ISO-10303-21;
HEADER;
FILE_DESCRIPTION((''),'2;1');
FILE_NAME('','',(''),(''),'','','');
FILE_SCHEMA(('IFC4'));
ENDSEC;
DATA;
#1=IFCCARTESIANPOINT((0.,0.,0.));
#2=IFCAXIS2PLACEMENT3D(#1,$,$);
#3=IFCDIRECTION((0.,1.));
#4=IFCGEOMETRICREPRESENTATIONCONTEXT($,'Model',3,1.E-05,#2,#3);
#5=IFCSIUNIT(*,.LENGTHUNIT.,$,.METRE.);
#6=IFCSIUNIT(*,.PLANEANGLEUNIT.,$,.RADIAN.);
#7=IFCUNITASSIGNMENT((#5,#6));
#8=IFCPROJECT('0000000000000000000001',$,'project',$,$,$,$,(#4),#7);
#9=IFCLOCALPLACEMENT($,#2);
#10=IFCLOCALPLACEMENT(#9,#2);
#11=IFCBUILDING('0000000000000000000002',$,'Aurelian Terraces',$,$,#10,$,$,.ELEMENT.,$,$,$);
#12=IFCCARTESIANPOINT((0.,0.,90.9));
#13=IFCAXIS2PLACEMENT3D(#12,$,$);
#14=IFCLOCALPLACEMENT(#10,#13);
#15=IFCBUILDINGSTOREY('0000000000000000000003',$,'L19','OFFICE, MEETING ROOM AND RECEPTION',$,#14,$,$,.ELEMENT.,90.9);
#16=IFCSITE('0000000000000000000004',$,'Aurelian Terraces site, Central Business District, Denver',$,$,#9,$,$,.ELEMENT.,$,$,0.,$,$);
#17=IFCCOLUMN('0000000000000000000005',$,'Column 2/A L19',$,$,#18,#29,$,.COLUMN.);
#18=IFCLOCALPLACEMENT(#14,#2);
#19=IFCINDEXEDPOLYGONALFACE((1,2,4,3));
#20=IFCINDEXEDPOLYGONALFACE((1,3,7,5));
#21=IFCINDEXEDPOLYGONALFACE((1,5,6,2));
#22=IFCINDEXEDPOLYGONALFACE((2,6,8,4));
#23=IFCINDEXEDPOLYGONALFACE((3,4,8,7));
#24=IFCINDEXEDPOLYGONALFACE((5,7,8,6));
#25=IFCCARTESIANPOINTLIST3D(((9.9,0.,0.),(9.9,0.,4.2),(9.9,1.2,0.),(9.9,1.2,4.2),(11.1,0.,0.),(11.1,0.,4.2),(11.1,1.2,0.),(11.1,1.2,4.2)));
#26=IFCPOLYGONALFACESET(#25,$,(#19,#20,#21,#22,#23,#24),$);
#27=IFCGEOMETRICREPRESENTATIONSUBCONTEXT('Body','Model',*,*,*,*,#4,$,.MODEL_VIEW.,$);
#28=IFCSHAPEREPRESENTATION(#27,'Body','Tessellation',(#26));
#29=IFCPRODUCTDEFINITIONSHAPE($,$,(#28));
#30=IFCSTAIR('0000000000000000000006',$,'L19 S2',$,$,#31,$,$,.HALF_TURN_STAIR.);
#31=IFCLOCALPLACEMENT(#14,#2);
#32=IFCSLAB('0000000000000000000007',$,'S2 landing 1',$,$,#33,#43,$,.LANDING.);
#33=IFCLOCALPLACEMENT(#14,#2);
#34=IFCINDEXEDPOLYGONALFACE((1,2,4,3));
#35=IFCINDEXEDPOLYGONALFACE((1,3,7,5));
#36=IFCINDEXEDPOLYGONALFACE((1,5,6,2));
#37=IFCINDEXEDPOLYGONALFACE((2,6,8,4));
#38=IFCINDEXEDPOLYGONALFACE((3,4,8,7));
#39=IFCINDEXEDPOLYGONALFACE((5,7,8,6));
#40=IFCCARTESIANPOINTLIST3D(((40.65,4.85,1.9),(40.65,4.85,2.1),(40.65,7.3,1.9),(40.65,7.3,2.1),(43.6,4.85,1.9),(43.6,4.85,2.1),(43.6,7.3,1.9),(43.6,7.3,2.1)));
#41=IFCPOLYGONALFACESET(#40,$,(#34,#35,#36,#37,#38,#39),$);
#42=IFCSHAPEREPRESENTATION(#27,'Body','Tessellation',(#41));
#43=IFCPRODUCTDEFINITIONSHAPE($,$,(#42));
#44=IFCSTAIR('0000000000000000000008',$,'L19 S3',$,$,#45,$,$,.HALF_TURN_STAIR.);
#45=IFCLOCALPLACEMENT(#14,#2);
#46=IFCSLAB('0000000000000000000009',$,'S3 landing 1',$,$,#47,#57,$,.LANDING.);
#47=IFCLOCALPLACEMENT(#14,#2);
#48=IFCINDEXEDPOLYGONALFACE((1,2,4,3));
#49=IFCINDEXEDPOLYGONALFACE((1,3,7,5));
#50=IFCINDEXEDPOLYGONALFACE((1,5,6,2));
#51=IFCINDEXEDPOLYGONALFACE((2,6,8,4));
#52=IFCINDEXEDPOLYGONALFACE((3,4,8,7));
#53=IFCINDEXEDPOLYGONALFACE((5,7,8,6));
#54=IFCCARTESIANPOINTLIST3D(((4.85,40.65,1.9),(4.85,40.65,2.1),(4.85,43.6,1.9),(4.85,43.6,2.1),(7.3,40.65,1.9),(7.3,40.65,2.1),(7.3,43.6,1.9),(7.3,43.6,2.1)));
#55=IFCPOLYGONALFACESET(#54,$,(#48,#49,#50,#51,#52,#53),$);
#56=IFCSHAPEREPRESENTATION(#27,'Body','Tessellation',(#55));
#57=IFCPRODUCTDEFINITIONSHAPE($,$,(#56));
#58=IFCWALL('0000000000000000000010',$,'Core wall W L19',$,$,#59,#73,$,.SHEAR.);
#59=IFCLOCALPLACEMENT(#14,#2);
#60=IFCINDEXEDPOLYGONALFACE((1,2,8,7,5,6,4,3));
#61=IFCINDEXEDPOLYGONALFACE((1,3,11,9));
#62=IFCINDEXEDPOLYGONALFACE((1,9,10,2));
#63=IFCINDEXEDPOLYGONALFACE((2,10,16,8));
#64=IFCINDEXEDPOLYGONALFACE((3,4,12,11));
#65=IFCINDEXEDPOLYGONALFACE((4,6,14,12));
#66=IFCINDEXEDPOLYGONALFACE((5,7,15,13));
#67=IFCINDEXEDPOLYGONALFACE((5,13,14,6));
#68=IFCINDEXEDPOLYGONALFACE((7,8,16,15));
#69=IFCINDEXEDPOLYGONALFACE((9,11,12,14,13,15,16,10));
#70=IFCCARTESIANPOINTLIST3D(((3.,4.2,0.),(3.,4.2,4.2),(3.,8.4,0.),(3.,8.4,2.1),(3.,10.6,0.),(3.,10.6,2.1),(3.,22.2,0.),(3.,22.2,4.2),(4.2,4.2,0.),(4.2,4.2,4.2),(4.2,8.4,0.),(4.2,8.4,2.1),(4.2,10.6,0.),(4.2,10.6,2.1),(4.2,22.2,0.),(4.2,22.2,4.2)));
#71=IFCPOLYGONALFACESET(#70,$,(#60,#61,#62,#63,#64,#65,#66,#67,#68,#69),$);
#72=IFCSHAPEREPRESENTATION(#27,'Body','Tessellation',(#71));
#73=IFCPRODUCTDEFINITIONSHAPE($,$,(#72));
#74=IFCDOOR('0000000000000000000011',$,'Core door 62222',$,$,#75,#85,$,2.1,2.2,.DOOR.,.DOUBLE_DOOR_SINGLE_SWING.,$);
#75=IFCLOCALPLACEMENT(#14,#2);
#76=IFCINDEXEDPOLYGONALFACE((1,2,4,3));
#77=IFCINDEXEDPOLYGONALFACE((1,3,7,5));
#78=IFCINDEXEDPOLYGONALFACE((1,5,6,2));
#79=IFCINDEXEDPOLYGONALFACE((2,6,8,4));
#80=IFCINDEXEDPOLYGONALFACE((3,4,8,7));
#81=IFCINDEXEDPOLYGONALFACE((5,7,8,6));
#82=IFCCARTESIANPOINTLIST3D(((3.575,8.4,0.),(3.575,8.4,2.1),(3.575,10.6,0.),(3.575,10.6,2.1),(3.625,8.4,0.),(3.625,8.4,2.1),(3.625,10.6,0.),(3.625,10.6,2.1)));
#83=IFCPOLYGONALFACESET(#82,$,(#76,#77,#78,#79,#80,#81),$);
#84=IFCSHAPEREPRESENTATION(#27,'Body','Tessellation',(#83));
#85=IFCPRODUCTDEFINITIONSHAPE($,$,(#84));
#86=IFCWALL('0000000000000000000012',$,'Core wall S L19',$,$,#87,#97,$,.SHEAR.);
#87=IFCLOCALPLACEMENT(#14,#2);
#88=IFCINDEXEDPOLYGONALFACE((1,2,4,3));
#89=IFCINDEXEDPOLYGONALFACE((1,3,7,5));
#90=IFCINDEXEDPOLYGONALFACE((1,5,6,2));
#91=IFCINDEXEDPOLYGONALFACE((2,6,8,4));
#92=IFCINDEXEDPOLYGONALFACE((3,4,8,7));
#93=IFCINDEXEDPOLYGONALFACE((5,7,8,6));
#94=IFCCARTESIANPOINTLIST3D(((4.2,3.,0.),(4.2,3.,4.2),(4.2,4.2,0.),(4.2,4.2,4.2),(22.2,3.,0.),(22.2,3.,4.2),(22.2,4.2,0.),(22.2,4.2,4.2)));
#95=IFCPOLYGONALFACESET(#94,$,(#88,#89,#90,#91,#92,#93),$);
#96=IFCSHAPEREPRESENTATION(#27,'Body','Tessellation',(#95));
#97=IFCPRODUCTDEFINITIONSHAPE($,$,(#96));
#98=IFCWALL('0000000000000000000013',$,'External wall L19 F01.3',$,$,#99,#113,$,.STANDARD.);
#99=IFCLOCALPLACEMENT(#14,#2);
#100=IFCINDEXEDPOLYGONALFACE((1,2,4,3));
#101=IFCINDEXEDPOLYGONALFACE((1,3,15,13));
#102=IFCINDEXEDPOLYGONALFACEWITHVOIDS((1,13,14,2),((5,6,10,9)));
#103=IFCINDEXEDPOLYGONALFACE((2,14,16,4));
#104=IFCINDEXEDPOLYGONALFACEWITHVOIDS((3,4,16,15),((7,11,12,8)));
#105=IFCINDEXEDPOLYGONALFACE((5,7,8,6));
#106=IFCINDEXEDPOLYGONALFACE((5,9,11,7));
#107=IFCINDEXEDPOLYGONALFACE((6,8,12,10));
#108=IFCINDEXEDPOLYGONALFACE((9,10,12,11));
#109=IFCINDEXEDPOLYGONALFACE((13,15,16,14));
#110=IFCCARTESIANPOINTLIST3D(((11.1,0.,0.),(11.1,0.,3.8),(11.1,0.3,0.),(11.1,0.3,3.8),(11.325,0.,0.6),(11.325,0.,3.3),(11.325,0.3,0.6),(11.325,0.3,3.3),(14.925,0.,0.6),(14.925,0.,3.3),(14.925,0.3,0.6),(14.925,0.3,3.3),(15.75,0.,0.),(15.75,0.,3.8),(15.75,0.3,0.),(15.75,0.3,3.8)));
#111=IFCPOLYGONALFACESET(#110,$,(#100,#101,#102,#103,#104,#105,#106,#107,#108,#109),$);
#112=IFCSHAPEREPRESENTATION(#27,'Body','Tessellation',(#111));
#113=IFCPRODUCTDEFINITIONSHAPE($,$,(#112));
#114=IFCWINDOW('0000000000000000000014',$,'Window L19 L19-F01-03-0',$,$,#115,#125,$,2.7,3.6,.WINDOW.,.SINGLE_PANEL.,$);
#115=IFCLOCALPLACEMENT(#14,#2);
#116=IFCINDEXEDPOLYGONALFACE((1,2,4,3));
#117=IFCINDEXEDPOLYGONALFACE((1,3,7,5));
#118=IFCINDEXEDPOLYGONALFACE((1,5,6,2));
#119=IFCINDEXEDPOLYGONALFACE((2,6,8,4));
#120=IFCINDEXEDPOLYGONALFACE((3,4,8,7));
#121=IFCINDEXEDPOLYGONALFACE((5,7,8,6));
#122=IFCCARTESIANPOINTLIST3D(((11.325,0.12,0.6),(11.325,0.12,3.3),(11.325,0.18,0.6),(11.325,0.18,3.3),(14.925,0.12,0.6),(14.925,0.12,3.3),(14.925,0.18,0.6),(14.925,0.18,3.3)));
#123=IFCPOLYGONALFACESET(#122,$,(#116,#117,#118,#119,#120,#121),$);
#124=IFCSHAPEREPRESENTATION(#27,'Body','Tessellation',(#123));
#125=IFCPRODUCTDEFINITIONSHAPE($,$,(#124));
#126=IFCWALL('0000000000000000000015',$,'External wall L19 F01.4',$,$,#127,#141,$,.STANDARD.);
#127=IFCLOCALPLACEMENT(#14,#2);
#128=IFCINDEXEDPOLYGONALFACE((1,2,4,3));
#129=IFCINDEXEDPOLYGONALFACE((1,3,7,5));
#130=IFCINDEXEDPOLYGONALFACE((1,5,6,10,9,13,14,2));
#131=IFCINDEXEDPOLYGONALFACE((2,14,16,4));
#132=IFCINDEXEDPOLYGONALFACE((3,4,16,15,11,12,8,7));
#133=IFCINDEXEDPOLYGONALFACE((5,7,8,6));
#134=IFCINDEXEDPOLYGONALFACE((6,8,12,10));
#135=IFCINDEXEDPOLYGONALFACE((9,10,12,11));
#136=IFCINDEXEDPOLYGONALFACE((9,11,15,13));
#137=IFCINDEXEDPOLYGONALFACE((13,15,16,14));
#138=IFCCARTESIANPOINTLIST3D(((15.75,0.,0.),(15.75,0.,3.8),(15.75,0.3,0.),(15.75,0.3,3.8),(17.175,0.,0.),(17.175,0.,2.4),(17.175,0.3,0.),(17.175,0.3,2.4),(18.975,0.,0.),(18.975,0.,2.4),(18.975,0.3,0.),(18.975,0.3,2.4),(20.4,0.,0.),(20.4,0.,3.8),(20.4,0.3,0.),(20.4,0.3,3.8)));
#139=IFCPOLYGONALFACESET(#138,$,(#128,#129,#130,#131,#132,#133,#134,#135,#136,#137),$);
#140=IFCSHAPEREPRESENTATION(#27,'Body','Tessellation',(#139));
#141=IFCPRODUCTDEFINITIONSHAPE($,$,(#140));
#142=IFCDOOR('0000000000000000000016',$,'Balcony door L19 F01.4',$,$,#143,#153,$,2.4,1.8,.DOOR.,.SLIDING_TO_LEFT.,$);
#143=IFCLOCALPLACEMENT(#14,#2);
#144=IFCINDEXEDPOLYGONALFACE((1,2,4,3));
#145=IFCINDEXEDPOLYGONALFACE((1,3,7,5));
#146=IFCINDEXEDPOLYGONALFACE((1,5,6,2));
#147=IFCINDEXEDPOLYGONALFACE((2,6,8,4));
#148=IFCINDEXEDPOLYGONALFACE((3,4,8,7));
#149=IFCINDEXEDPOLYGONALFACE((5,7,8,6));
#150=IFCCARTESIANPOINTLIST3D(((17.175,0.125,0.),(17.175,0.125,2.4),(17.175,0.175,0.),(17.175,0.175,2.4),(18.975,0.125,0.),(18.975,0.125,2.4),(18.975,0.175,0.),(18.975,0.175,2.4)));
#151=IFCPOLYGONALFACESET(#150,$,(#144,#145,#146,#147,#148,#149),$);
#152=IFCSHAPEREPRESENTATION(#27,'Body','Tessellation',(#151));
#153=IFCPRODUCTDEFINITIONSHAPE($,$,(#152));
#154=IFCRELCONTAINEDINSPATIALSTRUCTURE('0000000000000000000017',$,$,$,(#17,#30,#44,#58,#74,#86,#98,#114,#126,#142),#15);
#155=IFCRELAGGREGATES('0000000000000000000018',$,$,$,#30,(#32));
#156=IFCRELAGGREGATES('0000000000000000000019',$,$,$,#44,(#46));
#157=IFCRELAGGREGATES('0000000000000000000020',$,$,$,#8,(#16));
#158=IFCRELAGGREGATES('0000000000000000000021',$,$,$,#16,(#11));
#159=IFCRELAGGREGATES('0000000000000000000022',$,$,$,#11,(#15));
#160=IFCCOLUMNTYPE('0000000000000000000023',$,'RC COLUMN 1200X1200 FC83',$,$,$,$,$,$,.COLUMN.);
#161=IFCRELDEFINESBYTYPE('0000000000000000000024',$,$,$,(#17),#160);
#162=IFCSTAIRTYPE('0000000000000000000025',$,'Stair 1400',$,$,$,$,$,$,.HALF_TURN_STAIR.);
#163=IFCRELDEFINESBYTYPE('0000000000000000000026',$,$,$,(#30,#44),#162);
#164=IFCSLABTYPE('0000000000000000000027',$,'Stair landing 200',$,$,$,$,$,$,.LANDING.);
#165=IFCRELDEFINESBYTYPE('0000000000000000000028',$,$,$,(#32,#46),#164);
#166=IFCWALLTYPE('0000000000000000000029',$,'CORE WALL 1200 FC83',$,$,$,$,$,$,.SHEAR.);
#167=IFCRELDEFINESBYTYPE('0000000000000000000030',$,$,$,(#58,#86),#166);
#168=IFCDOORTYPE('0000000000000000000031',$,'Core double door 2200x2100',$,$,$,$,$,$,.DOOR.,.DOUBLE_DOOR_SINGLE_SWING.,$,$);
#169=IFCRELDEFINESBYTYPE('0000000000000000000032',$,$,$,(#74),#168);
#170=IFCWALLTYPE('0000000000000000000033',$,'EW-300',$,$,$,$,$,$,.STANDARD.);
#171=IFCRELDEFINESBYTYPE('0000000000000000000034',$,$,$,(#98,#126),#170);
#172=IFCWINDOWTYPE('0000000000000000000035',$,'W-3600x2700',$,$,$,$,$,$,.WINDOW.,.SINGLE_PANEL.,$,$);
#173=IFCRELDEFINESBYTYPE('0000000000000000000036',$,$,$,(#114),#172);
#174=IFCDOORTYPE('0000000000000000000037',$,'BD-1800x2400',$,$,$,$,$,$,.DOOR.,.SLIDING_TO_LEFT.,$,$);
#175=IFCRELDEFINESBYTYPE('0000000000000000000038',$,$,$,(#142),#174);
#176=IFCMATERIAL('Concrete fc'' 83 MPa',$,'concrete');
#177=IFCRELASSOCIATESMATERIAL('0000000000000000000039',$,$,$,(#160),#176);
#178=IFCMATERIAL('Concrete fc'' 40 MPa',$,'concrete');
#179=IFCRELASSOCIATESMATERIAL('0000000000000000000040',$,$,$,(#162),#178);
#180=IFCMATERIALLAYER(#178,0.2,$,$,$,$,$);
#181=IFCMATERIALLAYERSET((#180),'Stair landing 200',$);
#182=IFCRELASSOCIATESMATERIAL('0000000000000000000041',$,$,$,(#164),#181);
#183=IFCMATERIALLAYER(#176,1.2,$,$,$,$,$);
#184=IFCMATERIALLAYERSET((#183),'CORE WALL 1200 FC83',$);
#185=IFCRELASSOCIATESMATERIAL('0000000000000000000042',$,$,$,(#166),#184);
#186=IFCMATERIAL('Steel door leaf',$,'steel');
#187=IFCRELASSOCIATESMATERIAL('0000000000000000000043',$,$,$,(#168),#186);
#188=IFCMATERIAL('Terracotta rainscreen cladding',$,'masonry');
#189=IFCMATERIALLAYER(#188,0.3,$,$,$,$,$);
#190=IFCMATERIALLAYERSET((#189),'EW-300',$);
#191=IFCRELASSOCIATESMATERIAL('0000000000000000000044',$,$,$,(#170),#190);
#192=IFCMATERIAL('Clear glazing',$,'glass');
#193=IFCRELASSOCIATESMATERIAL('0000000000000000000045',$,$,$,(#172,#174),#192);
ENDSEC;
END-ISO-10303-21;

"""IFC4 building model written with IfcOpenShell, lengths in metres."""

from ifc_helpers import new_model, si_unit, direction, frame, frame_2d, origin, origin_2d, place, context, subcontext, project, spatial, polyline, rectangle, outline, extrude, source, transform, mapped, material, layer, layer_set, material_profile, profile_set, type_object, element, fill, aggregate, save


model = new_model("IFC4")

# Units and contexts
model_context = context("Model", 3, precision=1e-05, world=origin(), true_north=direction((0.0, 1.0)))
body_context = subcontext(model_context, "Body", "Model", "MODEL_VIEW")
ifc_project = project(units=[si_unit("LENGTHUNIT", "METRE"), si_unit("PLANEANGLEUNIT", "RADIAN")], contexts=[model_context])

# Site, building, storey
site_placement = place(None, origin())
site = spatial("IfcSite", under=ifc_project, at=site_placement, Name="Aurelian Terraces site, Central Business District, Denver", CompositionType="ELEMENT", RefElevation=0.0)
building_placement = place(site_placement, origin())
building = spatial("IfcBuilding", under=site, at=building_placement, Name="Aurelian Terraces", CompositionType="ELEMENT")
storey_placement = place(building_placement, frame((0.0, 0.0, 90.9)))
storey = spatial("IfcBuildingStorey", under=building, at=storey_placement, Name="L19", Description="OFFICE, MEETING ROOM AND RECEPTION", CompositionType="ELEMENT", Elevation=90.9)

# Column
ifc_material_1 = material(Name="Concrete fc' 83 MPa", Category="concrete")
ifc_material_profile = material_profile(ifc_material_1, rectangle(XDim=1.2, YDim=1.2, at=origin_2d()))
ifc_profile_set = profile_set([ifc_material_profile], Name="Concrete fc' 83 MPa")
column_type = type_object("IfcColumnType", Name="RC COLUMN 1200X1200 FC83", PredefinedType="COLUMN", material=ifc_profile_set)
shared_shape_1 = source(origin(), body_context, "Body", "SweptSolid", [
    extrude(rectangle(XDim=1.2, YDim=1.2, at=origin_2d()), origin(), (0.0, 0.0, 1.0), 4.2),
])
column_placement = place(storey_placement, frame((10.5, 0.6, 0.0), z_axis=(0.0, 0.0, 1.0), x_axis=(1.0, 0.0, 0.0)))
element("IfcColumn", 1, at=column_placement, inside=storey, type_object=column_type, Name="Column 2/A L19", PredefinedType="COLUMN", context=body_context, shape_type="MappedRepresentation", body=[
    mapped(shared_shape_1, transform((0.0, 0.0, 0.0), scale=1.0)),
])

# Stairs, slabs
ifc_material_2 = material(Name="Concrete fc' 40 MPa", Category="concrete")
stair_type = type_object("IfcStairType", Name="Stair 1400", PredefinedType="HALF_TURN_STAIR", material=ifc_material_2)
stair_1_placement = place(storey_placement, origin())
stair_1 = element("IfcStair", 2, at=stair_1_placement, inside=storey, type_object=stair_type, Name="L19 S2", PredefinedType="HALF_TURN_STAIR")
ifc_layer_1 = layer(ifc_material_2, 0.2)
ifc_layer_set_1 = layer_set([ifc_layer_1], Name="Stair landing 200")
slab_type = type_object("IfcSlabType", Name="Stair landing 200", PredefinedType="LANDING", material=ifc_layer_set_1)
shared_shape_2 = source(origin(), body_context, "Body", "SweptSolid", [
    extrude(outline(polyline([(43.6, 4.85), (43.6, 7.3), (40.65, 7.3), (40.65, 4.85), (43.6, 4.85)])), origin(), (0.0, 0.0, 1.0), 0.2),
])
slab_1_placement = place(storey_placement, frame((0.0, 0.0, 1.9)))
slab_1 = element("IfcSlab", 3, at=slab_1_placement, type_object=slab_type, Name="S2 landing 1", PredefinedType="LANDING", context=body_context, shape_type="MappedRepresentation", body=[
    mapped(shared_shape_2, transform((0.0, 0.0, 0.0), scale=1.0)),
])
aggregate(stair_1, [slab_1])
stair_2_placement = place(storey_placement, origin())
stair_2 = element("IfcStair", 4, at=stair_2_placement, inside=storey, type_object=stair_type, Name="L19 S3", PredefinedType="HALF_TURN_STAIR")
shared_shape_3 = source(origin(), body_context, "Body", "SweptSolid", [
    extrude(outline(polyline([(4.85, 40.65), (7.3, 40.65), (7.3, 43.6), (4.85, 43.6), (4.85, 40.65)])), origin(), (0.0, 0.0, 1.0), 0.2),
])
slab_2_placement = place(storey_placement, frame((0.0, 0.0, 1.9)))
slab_2 = element("IfcSlab", 5, at=slab_2_placement, type_object=slab_type, Name="S3 landing 1", PredefinedType="LANDING", context=body_context, shape_type="MappedRepresentation", body=[
    mapped(shared_shape_3, transform((0.0, 0.0, 0.0), scale=1.0)),
])
aggregate(stair_2, [slab_2])

# Wall, opening, door
ifc_layer_2 = layer(ifc_material_1, 1.2)
ifc_layer_set_2 = layer_set([ifc_layer_2], Name="CORE WALL 1200 FC83")
wall_type_1 = type_object("IfcWallType", Name="CORE WALL 1200 FC83", PredefinedType="SHEAR", material=ifc_layer_set_2)
shared_shape_4 = source(origin(), body_context, "Body", "SweptSolid", [
    extrude(rectangle(XDim=18.0, YDim=1.2, at=frame_2d((9.0, 0.0))), origin(), (0.0, 0.0, 1.0), 4.2),
])
wall_1_placement = place(storey_placement, frame((3.6, 4.2, 0.0), z_axis=(0.0, 0.0, 1.0), x_axis=(0.0, 1.0, 0.0)))
wall_1 = element("IfcWall", 6, at=wall_1_placement, inside=storey, type_object=wall_type_1, Name="Core wall W L19", PredefinedType="SHEAR", context=body_context, shape_type="MappedRepresentation", body=[
    mapped(shared_shape_4, transform((0.0, 0.0, 0.0), scale=1.0)),
])
shared_shape_5 = source(origin(), body_context, "Body", "SweptSolid", [
    extrude(rectangle(XDim=2.2, YDim=2.1, at=frame_2d((1.1, 1.05))), frame((0.0, 0.61, 0.0), z_axis=(0.0, -1.0, 0.0), x_axis=(1.0, 0.0, 0.0)), (0.0, 0.0, 1.0), 1.22),
])
opening_1_placement = place(wall_1_placement, frame((4.2, 0.0, 0.0)))
opening_1 = element("IfcOpeningElement", 7, at=opening_1_placement, cuts=wall_1, PredefinedType="OPENING", context=body_context, shape_type="MappedRepresentation", body=[
    mapped(shared_shape_5, transform((0.0, 0.0, 0.0), scale=1.0)),
])
ifc_material_3 = material(Name="Steel door leaf", Category="steel")
door_type_1 = type_object("IfcDoorType", Name="Core double door 2200x2100", OperationType="DOUBLE_DOOR_SINGLE_SWING", PredefinedType="DOOR", material=ifc_material_3)
shared_shape_6 = source(origin(), body_context, "Body", "SweptSolid", [
    extrude(rectangle(XDim=2.2, YDim=2.1, at=frame_2d((1.1, 1.05))), frame((0.0, 0.025, 0.0), z_axis=(0.0, -1.0, 0.0), x_axis=(1.0, 0.0, 0.0)), (0.0, 0.0, 1.0), 0.05),
])
door_1_placement = place(opening_1_placement, origin())
door_1 = element("IfcDoor", 8, at=door_1_placement, inside=storey, type_object=door_type_1, Name="Core door 62222", OperationType="DOUBLE_DOOR_SINGLE_SWING", OverallHeight=2.1, OverallWidth=2.2, PredefinedType="DOOR", context=body_context, shape_type="MappedRepresentation", body=[
    mapped(shared_shape_6, transform((0.0, 0.0, 0.0), scale=1.0)),
])
fill(opening_1, door_1)

# Wall
wall_2_placement = place(storey_placement, frame((4.2, 3.6, 0.0), z_axis=(0.0, 0.0, 1.0), x_axis=(1.0, 0.0, 0.0)))
element("IfcWall", 9, at=wall_2_placement, inside=storey, type_object=wall_type_1, Name="Core wall S L19", PredefinedType="SHEAR", context=body_context, shape_type="MappedRepresentation", body=[
    mapped(shared_shape_4, transform((0.0, 0.0, 0.0), scale=1.0)),
])

# Wall, opening, window
ifc_material_4 = material(Name="Terracotta rainscreen cladding", Category="masonry")
ifc_layer_3 = layer(ifc_material_4, 0.3)
ifc_layer_set_3 = layer_set([ifc_layer_3], Name="EW-300")
wall_type_2 = type_object("IfcWallType", Name="EW-300", PredefinedType="STANDARD", material=ifc_layer_set_3)
shared_shape_7 = source(origin(), body_context, "Body", "SweptSolid", [
    extrude(rectangle(XDim=4.65, YDim=0.3, at=frame_2d((2.325, 0.0))), origin(), (0.0, 0.0, 1.0), 3.8),
])
wall_3_placement = place(storey_placement, frame((11.1, 0.15, 0.0), z_axis=(0.0, 0.0, 1.0), x_axis=(1.0, 0.0, 0.0)))
wall_3 = element("IfcWall", 10, at=wall_3_placement, inside=storey, type_object=wall_type_2, Name="External wall L19 F01.3", PredefinedType="STANDARD", context=body_context, shape_type="MappedRepresentation", body=[
    mapped(shared_shape_7, transform((0.0, 0.0, 0.0), scale=1.0)),
])
shared_shape_8 = source(origin(), body_context, "Body", "SweptSolid", [
    extrude(rectangle(XDim=3.6, YDim=2.7, at=frame_2d((1.8, 1.35))), frame((0.0, 0.16, 0.0), z_axis=(0.0, -1.0, 0.0), x_axis=(1.0, 0.0, 0.0)), (0.0, 0.0, 1.0), 0.32),
])
opening_2_placement = place(wall_3_placement, frame((0.225, 0.0, 0.6)))
opening_2 = element("IfcOpeningElement", 11, at=opening_2_placement, cuts=wall_3, PredefinedType="OPENING", context=body_context, shape_type="MappedRepresentation", body=[
    mapped(shared_shape_8, transform((0.0, 0.0, 0.0), scale=1.0)),
])
ifc_material_5 = material(Name="Clear glazing", Category="glass")
window_type_1 = type_object("IfcWindowType", Name="W-3600x2700", PartitioningType="SINGLE_PANEL", PredefinedType="WINDOW", material=ifc_material_5)
shared_shape_9 = source(origin(), body_context, "Body", "SweptSolid", [
    extrude(rectangle(XDim=3.6, YDim=2.7, at=frame_2d((1.8, 1.35))), frame((0.0, 0.03, 0.0), z_axis=(0.0, -1.0, 0.0), x_axis=(1.0, 0.0, 0.0)), (0.0, 0.0, 1.0), 0.06),
])
window_1_placement = place(opening_2_placement, origin())
window_1 = element("IfcWindow", 12, at=window_1_placement, inside=storey, type_object=window_type_1, Name="Window L19 L19-F01-03-0", OverallHeight=2.7, OverallWidth=3.6, PartitioningType="SINGLE_PANEL", PredefinedType="WINDOW", context=body_context, shape_type="MappedRepresentation", body=[
    mapped(shared_shape_9, transform((0.0, 0.0, 0.0), scale=1.0)),
])
fill(opening_2, window_1)

# Wall, opening, door
wall_4_placement = place(storey_placement, frame((15.75, 0.15, 0.0), z_axis=(0.0, 0.0, 1.0), x_axis=(1.0, 0.0, 0.0)))
wall_4 = element("IfcWall", 13, at=wall_4_placement, inside=storey, type_object=wall_type_2, Name="External wall L19 F01.4", PredefinedType="STANDARD", context=body_context, shape_type="MappedRepresentation", body=[
    mapped(shared_shape_7, transform((0.0, 0.0, 0.0), scale=1.0)),
])
shared_shape_10 = source(origin(), body_context, "Body", "SweptSolid", [
    extrude(rectangle(XDim=1.8, YDim=2.4, at=frame_2d((0.9, 1.2))), frame((0.0, 0.16, 0.0), z_axis=(0.0, -1.0, 0.0), x_axis=(1.0, 0.0, 0.0)), (0.0, 0.0, 1.0), 0.32),
])
opening_3_placement = place(wall_4_placement, frame((1.425, 0.0, 0.0)))
opening_3 = element("IfcOpeningElement", 14, at=opening_3_placement, cuts=wall_4, PredefinedType="OPENING", context=body_context, shape_type="MappedRepresentation", body=[
    mapped(shared_shape_10, transform((0.0, 0.0, 0.0), scale=1.0)),
])
door_type_2 = type_object("IfcDoorType", Name="BD-1800x2400", OperationType="SLIDING_TO_LEFT", PredefinedType="DOOR", material=ifc_material_5)
shared_shape_11 = source(origin(), body_context, "Body", "SweptSolid", [
    extrude(rectangle(XDim=1.8, YDim=2.4, at=frame_2d((0.9, 1.2))), frame((0.0, 0.025, 0.0), z_axis=(0.0, -1.0, 0.0), x_axis=(1.0, 0.0, 0.0)), (0.0, 0.0, 1.0), 0.05),
])
door_2_placement = place(opening_3_placement, origin())
door_2 = element("IfcDoor", 15, at=door_2_placement, inside=storey, type_object=door_type_2, Name="Balcony door L19 F01.4", OperationType="SLIDING_TO_LEFT", OverallHeight=2.4, OverallWidth=1.8, PredefinedType="DOOR", context=body_context, shape_type="MappedRepresentation", body=[
    mapped(shared_shape_11, transform((0.0, 0.0, 0.0), scale=1.0)),
])
fill(opening_3, door_2)

save(model, "model.ifc")
